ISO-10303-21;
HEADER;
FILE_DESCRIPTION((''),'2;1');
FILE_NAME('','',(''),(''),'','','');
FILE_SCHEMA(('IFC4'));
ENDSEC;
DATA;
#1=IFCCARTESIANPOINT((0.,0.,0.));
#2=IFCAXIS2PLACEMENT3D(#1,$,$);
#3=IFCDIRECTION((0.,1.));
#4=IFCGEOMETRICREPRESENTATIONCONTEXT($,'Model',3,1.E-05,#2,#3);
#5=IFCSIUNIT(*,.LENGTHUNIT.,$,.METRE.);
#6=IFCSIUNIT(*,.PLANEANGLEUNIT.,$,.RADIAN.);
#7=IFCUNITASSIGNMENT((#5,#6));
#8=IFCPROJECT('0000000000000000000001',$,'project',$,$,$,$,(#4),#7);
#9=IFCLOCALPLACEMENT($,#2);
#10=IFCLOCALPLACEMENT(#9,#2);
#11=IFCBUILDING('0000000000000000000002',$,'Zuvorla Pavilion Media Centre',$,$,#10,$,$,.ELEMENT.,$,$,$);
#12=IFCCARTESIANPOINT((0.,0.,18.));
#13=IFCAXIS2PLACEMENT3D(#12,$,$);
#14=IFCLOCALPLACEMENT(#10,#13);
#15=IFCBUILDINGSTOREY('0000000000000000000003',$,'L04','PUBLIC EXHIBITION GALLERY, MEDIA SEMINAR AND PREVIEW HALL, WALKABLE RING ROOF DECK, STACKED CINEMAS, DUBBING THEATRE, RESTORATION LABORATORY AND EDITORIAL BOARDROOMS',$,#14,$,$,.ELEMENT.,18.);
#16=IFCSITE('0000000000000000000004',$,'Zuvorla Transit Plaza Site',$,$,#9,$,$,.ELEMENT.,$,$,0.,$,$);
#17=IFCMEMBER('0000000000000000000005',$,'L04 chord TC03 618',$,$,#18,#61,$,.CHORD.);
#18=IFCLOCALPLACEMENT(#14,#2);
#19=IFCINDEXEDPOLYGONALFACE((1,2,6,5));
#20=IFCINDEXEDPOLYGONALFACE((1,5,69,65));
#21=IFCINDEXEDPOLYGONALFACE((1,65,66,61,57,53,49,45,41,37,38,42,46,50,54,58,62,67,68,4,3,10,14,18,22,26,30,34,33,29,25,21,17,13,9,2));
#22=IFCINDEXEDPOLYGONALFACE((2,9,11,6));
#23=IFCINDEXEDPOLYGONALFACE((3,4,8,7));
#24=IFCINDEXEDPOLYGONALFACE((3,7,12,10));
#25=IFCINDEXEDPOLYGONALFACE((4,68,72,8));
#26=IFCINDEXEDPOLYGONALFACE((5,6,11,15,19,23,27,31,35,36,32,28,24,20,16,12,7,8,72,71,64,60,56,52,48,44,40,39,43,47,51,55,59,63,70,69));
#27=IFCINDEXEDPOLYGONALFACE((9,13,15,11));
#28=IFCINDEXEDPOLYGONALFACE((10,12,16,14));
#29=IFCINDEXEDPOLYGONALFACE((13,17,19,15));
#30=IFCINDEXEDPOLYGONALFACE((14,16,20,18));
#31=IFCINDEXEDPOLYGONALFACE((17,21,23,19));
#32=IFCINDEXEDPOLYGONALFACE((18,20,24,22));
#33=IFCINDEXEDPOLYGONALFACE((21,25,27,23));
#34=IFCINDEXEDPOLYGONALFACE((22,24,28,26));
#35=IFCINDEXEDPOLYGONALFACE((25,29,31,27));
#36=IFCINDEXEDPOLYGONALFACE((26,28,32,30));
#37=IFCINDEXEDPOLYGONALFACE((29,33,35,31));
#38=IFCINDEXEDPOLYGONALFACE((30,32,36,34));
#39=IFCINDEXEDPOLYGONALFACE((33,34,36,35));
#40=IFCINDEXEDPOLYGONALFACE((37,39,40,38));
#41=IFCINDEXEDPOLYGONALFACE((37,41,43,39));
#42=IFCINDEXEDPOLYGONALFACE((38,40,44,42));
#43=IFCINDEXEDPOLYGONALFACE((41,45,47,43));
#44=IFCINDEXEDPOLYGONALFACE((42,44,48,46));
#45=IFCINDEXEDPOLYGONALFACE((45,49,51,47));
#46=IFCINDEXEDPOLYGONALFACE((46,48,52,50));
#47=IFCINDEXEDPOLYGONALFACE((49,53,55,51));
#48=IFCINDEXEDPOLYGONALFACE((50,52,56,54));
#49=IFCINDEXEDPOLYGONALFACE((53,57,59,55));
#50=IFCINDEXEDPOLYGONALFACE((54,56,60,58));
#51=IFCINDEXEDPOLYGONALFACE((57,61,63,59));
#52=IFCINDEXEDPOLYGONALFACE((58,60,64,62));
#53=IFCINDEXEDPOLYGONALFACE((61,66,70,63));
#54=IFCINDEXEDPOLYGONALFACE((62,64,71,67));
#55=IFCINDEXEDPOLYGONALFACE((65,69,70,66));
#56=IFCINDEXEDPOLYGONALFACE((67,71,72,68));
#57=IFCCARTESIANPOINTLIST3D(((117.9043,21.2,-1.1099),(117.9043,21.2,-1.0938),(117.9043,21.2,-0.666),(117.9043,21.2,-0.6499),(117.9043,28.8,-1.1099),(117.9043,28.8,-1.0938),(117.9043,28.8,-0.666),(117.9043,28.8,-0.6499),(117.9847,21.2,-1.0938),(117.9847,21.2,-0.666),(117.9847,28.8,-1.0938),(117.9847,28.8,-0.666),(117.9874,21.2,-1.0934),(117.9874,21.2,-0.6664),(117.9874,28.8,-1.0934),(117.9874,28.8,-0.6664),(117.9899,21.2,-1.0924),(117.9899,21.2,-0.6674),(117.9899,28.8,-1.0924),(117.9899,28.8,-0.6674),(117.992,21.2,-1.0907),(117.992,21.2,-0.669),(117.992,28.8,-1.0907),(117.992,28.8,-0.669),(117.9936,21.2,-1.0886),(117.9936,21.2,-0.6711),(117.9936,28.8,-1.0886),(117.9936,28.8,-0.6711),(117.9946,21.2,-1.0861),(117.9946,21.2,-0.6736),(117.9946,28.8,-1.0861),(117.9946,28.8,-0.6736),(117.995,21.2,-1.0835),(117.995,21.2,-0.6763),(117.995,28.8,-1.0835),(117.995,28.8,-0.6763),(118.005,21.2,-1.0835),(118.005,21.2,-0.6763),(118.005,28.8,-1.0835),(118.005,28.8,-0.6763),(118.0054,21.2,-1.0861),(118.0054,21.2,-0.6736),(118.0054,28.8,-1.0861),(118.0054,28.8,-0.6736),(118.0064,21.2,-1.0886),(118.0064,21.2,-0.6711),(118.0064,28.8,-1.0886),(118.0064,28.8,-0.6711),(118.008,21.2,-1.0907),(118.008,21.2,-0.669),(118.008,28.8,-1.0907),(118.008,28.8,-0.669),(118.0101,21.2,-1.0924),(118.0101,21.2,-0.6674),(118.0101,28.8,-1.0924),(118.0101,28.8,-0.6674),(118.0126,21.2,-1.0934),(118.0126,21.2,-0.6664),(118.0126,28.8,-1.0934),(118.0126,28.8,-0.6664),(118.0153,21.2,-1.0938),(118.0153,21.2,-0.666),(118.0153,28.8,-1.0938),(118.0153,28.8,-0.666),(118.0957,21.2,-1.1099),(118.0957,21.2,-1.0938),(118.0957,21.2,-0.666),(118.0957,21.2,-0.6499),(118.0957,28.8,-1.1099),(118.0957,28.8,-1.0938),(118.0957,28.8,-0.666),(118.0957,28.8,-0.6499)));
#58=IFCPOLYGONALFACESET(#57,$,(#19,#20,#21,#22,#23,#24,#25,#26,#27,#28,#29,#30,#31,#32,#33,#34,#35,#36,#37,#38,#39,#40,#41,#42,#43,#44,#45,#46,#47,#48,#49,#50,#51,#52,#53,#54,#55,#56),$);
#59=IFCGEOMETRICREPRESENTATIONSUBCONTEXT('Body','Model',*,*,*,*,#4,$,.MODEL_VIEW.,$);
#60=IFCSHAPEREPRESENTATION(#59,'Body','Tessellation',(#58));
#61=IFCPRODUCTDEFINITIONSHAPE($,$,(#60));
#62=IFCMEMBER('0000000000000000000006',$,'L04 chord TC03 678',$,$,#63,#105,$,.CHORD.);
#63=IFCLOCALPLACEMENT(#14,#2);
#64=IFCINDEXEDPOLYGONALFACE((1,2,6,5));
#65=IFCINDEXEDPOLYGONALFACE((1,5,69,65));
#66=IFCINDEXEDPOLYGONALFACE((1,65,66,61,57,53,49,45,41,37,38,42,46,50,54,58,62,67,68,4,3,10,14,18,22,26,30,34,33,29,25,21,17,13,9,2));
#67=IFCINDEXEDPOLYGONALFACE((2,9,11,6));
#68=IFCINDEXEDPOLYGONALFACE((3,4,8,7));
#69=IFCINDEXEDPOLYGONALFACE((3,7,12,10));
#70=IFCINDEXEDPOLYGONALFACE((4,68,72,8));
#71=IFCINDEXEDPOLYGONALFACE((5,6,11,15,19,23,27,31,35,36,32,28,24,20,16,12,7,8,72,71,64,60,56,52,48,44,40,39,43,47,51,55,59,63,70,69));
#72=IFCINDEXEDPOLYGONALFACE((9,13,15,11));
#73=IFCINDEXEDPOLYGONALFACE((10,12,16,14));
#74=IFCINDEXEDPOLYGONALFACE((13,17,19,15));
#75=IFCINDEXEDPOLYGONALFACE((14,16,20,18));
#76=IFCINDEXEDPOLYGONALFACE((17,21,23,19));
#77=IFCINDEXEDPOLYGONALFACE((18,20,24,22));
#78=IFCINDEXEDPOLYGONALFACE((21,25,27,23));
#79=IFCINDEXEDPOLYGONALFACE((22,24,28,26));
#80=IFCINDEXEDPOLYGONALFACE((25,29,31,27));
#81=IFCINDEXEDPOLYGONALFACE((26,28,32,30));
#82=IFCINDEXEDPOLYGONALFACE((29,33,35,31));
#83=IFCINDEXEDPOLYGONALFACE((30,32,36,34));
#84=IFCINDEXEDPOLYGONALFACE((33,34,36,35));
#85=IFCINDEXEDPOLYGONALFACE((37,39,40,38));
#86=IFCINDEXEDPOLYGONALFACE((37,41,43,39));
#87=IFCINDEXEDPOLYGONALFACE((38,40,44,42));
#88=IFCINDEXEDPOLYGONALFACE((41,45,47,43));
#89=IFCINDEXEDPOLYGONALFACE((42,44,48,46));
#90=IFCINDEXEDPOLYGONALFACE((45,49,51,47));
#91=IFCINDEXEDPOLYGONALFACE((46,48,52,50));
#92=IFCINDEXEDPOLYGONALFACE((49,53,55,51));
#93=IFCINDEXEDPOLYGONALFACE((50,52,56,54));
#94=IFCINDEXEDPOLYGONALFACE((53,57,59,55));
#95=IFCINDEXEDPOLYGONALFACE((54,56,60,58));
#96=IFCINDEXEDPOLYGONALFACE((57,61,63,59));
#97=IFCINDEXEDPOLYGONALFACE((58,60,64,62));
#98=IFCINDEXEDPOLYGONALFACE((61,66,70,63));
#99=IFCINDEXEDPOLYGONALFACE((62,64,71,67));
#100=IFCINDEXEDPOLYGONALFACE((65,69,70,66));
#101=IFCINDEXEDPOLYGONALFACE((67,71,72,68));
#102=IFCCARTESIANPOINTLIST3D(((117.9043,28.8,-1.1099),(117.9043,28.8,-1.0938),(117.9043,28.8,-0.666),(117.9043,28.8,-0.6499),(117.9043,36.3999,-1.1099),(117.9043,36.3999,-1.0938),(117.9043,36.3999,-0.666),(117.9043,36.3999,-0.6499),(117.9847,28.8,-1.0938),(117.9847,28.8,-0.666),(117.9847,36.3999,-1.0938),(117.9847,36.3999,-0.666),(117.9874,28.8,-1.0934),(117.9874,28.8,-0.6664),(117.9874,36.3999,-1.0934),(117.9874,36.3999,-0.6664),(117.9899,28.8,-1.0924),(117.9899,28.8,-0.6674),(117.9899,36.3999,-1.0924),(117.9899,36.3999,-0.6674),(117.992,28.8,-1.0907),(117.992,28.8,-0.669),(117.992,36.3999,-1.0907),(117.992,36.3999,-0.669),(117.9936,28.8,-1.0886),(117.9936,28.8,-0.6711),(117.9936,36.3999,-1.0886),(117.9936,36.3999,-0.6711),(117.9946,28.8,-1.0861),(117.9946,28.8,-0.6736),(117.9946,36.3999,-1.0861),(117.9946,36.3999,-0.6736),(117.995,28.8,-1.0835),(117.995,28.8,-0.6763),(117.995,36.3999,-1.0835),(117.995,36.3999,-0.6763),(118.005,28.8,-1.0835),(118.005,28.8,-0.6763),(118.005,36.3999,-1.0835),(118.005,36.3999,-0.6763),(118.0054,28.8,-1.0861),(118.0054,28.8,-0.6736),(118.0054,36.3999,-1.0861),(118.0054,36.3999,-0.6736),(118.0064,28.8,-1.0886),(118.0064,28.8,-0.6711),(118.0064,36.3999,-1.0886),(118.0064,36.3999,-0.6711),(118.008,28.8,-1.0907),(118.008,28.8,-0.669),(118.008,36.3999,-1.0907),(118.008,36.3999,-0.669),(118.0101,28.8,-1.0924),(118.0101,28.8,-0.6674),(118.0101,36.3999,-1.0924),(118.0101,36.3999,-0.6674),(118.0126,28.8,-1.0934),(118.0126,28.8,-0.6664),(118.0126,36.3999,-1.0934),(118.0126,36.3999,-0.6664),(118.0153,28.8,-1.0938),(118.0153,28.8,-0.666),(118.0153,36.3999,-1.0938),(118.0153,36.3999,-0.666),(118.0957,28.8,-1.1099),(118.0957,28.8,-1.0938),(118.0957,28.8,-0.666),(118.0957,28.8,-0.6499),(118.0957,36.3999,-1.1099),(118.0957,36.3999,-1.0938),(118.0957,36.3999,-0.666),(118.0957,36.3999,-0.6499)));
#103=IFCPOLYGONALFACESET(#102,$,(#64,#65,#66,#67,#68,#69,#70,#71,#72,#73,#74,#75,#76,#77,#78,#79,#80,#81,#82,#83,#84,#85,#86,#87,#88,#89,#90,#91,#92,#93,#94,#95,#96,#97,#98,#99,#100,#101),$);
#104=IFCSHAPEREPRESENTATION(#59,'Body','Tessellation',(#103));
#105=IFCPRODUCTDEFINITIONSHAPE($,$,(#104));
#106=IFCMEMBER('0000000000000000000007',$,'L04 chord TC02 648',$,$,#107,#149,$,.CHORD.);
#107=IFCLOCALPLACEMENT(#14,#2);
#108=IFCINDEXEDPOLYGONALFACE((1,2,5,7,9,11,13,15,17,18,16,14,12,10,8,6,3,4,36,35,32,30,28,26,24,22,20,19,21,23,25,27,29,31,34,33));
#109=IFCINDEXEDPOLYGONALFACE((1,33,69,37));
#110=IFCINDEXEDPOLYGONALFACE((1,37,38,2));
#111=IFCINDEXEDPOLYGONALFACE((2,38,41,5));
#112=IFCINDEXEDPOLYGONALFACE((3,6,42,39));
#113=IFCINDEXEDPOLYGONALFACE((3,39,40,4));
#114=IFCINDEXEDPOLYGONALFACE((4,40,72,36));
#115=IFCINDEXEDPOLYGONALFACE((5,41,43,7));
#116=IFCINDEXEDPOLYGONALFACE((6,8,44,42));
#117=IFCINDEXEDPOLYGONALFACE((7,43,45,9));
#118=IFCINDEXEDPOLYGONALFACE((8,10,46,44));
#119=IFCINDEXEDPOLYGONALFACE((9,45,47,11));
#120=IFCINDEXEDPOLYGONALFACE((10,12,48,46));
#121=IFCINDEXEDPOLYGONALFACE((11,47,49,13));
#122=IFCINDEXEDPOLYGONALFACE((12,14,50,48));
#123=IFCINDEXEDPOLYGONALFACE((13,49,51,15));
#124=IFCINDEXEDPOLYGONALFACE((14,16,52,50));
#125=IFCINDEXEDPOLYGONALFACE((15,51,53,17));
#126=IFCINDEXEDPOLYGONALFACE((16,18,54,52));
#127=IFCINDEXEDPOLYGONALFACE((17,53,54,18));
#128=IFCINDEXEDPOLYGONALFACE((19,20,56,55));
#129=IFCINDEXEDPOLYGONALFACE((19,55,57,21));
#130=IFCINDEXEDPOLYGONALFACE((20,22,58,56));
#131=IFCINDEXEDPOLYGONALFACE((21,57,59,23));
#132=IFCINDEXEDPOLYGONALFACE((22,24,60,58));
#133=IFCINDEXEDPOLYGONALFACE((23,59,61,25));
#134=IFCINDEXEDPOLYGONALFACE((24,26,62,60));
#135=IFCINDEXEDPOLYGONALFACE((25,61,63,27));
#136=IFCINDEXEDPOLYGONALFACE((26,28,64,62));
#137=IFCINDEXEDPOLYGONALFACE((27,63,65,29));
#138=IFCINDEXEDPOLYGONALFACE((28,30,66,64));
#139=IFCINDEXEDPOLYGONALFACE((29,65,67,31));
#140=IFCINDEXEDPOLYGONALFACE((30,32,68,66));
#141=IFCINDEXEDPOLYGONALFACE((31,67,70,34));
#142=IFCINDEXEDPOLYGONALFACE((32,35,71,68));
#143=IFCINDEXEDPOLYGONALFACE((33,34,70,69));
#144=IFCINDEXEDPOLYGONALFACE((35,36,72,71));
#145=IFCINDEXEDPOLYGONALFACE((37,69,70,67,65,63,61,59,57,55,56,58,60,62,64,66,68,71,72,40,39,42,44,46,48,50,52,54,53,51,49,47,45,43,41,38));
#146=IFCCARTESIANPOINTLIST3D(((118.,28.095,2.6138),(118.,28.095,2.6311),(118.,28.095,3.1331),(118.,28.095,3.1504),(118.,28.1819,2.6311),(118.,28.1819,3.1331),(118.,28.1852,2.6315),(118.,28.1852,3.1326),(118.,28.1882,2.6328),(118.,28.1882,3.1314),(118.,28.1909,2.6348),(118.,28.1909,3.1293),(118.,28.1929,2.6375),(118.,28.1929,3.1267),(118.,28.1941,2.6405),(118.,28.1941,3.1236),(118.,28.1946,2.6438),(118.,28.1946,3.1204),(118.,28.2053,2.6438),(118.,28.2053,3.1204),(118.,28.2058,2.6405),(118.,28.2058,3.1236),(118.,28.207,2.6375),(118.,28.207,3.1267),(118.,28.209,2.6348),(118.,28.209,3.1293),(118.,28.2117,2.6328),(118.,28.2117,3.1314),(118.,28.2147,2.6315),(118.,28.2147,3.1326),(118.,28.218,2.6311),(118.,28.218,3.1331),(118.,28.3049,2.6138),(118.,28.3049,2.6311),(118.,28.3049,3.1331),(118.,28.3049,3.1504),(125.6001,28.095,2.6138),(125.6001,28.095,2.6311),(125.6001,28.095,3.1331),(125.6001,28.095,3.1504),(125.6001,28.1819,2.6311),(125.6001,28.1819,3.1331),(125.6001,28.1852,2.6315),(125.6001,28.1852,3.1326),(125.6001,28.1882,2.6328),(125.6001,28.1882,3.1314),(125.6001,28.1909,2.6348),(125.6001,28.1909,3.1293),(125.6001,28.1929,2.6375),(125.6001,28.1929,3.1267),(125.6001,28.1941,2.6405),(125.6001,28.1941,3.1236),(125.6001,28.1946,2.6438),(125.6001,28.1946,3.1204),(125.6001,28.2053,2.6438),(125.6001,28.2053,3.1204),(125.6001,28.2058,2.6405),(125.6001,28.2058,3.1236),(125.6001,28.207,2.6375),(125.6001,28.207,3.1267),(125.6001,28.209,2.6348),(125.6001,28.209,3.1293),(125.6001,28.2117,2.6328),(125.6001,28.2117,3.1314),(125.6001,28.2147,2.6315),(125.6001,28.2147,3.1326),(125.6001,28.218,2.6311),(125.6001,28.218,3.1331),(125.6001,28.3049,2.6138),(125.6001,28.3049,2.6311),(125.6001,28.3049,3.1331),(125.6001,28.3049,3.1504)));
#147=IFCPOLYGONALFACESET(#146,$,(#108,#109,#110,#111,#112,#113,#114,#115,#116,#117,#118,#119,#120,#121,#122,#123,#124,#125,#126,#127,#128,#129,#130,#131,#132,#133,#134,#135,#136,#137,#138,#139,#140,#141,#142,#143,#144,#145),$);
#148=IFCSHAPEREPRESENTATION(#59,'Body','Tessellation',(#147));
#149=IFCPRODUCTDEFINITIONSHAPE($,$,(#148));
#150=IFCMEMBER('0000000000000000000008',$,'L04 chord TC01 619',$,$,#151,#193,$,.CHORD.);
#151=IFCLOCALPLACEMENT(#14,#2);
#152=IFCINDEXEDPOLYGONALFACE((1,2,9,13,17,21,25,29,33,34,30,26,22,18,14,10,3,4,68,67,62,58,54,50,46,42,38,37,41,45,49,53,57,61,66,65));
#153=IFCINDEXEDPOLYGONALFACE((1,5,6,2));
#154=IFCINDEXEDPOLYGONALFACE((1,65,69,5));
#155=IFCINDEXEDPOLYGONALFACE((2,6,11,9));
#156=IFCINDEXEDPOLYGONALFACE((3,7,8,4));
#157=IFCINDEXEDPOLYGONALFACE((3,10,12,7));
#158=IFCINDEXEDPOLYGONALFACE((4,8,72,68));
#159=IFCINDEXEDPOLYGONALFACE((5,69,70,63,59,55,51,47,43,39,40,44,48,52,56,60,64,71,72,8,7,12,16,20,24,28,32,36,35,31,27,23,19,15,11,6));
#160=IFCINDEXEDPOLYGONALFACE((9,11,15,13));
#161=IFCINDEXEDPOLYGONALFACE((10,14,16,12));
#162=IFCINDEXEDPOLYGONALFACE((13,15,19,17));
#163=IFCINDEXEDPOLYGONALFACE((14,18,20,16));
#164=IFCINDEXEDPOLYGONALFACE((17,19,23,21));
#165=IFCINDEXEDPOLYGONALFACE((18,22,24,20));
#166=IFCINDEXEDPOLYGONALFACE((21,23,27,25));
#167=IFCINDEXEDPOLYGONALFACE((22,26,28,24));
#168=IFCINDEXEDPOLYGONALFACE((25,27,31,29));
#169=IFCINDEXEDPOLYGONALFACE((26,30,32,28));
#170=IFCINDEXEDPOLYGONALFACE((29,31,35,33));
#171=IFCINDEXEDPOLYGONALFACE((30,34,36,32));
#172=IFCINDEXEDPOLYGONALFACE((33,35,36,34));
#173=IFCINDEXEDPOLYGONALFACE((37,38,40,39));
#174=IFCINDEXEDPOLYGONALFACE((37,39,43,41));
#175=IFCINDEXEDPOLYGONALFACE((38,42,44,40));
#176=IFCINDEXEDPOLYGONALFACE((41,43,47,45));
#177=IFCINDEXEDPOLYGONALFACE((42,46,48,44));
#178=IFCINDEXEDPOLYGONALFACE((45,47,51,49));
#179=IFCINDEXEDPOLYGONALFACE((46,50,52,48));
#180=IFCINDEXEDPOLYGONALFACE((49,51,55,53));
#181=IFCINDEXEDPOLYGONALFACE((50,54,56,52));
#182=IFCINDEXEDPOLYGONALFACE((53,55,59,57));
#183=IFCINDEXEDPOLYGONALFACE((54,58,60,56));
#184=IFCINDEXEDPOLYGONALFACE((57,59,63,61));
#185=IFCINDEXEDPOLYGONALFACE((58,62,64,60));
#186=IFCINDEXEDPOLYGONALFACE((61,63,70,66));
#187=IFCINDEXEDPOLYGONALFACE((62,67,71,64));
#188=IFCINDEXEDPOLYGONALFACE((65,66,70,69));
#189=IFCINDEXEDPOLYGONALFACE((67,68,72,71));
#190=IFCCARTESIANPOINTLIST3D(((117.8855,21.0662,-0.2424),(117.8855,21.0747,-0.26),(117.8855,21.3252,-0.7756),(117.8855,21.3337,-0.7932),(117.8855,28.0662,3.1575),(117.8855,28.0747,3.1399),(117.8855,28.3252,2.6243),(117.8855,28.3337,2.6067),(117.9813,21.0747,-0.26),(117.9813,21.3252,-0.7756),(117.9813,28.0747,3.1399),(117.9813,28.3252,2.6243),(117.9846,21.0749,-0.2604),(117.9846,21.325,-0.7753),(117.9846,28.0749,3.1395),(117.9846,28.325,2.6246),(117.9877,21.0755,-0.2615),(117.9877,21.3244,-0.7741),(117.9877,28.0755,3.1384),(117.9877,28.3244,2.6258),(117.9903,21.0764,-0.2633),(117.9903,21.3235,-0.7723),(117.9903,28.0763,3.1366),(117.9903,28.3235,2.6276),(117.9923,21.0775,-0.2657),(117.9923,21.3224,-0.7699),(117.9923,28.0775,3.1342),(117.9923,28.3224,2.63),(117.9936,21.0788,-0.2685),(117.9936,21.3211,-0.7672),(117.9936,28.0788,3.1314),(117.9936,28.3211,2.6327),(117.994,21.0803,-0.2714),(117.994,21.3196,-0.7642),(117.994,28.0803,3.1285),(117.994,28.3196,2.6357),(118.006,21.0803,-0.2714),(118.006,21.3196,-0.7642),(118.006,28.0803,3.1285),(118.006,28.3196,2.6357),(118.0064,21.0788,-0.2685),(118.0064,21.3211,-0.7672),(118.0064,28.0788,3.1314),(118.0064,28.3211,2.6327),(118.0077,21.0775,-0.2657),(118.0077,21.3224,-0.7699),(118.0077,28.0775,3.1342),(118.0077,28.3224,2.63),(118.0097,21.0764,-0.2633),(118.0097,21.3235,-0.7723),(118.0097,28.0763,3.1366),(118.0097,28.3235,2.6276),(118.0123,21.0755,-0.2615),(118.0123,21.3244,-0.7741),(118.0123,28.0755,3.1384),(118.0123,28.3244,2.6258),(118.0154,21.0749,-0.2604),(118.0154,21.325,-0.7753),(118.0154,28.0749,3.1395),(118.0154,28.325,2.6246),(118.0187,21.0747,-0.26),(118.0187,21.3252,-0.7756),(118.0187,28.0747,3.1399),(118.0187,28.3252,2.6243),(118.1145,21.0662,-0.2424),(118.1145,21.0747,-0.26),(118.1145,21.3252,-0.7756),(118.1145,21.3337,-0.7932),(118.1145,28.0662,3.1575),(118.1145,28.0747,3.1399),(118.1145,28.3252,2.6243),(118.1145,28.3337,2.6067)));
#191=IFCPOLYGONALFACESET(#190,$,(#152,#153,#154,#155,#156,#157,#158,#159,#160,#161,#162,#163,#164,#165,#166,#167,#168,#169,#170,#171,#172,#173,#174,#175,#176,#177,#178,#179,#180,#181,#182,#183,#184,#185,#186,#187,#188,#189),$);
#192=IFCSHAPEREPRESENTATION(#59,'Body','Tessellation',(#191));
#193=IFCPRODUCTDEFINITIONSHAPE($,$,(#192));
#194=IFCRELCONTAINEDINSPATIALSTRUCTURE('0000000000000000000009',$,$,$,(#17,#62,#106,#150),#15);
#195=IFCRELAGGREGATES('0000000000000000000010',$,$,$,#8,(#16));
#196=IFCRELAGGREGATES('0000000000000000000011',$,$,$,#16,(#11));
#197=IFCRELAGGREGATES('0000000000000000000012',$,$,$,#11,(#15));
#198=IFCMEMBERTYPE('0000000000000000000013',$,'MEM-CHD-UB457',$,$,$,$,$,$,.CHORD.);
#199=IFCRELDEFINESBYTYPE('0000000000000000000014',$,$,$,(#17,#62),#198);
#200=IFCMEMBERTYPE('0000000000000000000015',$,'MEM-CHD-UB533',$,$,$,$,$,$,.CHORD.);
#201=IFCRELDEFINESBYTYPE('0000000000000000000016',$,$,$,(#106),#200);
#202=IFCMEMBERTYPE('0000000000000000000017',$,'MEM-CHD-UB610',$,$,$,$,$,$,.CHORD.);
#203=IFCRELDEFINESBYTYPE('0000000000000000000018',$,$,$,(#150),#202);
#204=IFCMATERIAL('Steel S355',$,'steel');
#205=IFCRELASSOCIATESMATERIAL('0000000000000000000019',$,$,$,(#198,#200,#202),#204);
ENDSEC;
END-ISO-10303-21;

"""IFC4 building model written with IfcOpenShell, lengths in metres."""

from ifc_helpers import new_model, si_unit, direction, frame, origin, origin_2d, place, context, subcontext, project, spatial, i_section, extrude, material, material_profile, profile_set, type_object, element, save


model = new_model("IFC4")

# Units and contexts
model_context = context("Model", 3, precision=1e-05, world=origin(), true_north=direction((0.0, 1.0)))
body_context = subcontext(model_context, "Body", "Model", "MODEL_VIEW")
ifc_project = project(units=[si_unit("LENGTHUNIT", "METRE"), si_unit("PLANEANGLEUNIT", "RADIAN")], contexts=[model_context])

# Site, building, storey
site_placement = place(None, origin())
site = spatial("IfcSite", under=ifc_project, at=site_placement, Name="Zuvorla Transit Plaza Site", CompositionType="ELEMENT", RefElevation=0.0)
building_placement = place(site_placement, origin())
building = spatial("IfcBuilding", under=site, at=building_placement, Name="Zuvorla Pavilion Media Centre", CompositionType="ELEMENT")
storey_placement = place(building_placement, frame((0.0, 0.0, 18.0)))
storey = spatial("IfcBuildingStorey", under=building, at=storey_placement, Name="L04", Description="PUBLIC EXHIBITION GALLERY, MEDIA SEMINAR AND PREVIEW HALL, WALKABLE RING ROOF DECK, STACKED CINEMAS, DUBBING THEATRE, RESTORATION LABORATORY AND EDITORIAL BOARDROOMS", CompositionType="ELEMENT", Elevation=18.0)

# Members
ifc_material_1 = material(Name="Steel S355", Category="steel")
ifc_material_profile_1 = material_profile(ifc_material_1, i_section(OverallWidth=0.1914, OverallDepth=0.46, WebThickness=0.01, FlangeThickness=0.0161, FilletRadius=0.0103, at=origin_2d()), Name="UB 457x191x82")
ifc_profile_set_1 = profile_set([ifc_material_profile_1], Name="Steel S355")
member_type_1 = type_object("IfcMemberType", Name="MEM-CHD-UB457", PredefinedType="CHORD", material=ifc_profile_set_1)
member_1_placement = place(storey_placement, frame((118.0, 21.2, -0.8799), z_axis=(0.0, 1.0, 0.0), x_axis=(-1.0, 0.0, 0.0)))
element("IfcMember", 1, at=member_1_placement, inside=storey, type_object=member_type_1, Name="L04 chord TC03 618", PredefinedType="CHORD", context=body_context, shape_type="SweptSolid", body=[
    extrude(i_section(OverallWidth=0.1914, OverallDepth=0.46, WebThickness=0.01, FlangeThickness=0.0161, FilletRadius=0.0103, at=origin_2d()), origin(), (0.0, 0.0, 1.0), 7.6001),
])
member_2_placement = place(storey_placement, frame((118.0, 28.8, -0.8799), z_axis=(0.0, 1.0, 0.0), x_axis=(-1.0, 0.0, 0.0)))
element("IfcMember", 2, at=member_2_placement, inside=storey, type_object=member_type_1, Name="L04 chord TC03 678", PredefinedType="CHORD", context=body_context, shape_type="SweptSolid", body=[
    extrude(i_section(OverallWidth=0.1914, OverallDepth=0.46, WebThickness=0.01, FlangeThickness=0.0161, FilletRadius=0.0103, at=origin_2d()), origin(), (0.0, 0.0, 1.0), 7.5999),
])
ifc_material_profile_2 = material_profile(ifc_material_1, i_section(OverallWidth=0.21, OverallDepth=0.5366, WebThickness=0.0107, FlangeThickness=0.0173, FilletRadius=0.0127, at=origin_2d()), Name="UB 533x210x101")
ifc_profile_set_2 = profile_set([ifc_material_profile_2], Name="Steel S355")
member_type_2 = type_object("IfcMemberType", Name="MEM-CHD-UB533", PredefinedType="CHORD", material=ifc_profile_set_2)
member_3_placement = place(storey_placement, frame((118.0, 28.2, 2.8821), z_axis=(1.0, 0.0, 0.0), x_axis=(0.0, 1.0, 0.0)))
element("IfcMember", 3, at=member_3_placement, inside=storey, type_object=member_type_2, Name="L04 chord TC02 648", PredefinedType="CHORD", context=body_context, shape_type="SweptSolid", body=[
    extrude(i_section(OverallWidth=0.21, OverallDepth=0.5366, WebThickness=0.0107, FlangeThickness=0.0173, FilletRadius=0.0127, at=origin_2d()), origin(), (0.0, 0.0, 1.0), 7.6001),
])
ifc_material_profile_3 = material_profile(ifc_material_1, i_section(OverallWidth=0.229, OverallDepth=0.6123, WebThickness=0.012, FlangeThickness=0.0195, FilletRadius=0.0127, at=origin_2d()), Name="UB 610x229x125")
ifc_profile_set_3 = profile_set([ifc_material_profile_3], Name="Steel S355")
member_type_3 = type_object("IfcMemberType", Name="MEM-CHD-UB610", PredefinedType="CHORD", material=ifc_profile_set_3)
member_4_placement = place(storey_placement, frame((118.0, 21.2, -0.5178), z_axis=(0.0, 0.899513, 0.436894), x_axis=(-1.0, 0.0, 0.0)))
element("IfcMember", 4, at=member_4_placement, inside=storey, type_object=member_type_3, Name="L04 chord TC01 619", PredefinedType="CHORD", context=body_context, shape_type="SweptSolid", body=[
    extrude(i_section(OverallWidth=0.229, OverallDepth=0.6123, WebThickness=0.012, FlangeThickness=0.0195, FilletRadius=0.0127, at=origin_2d()), origin(), (0.0, 0.0, 1.0), 7.782),
])

save(model, "model.ifc")
